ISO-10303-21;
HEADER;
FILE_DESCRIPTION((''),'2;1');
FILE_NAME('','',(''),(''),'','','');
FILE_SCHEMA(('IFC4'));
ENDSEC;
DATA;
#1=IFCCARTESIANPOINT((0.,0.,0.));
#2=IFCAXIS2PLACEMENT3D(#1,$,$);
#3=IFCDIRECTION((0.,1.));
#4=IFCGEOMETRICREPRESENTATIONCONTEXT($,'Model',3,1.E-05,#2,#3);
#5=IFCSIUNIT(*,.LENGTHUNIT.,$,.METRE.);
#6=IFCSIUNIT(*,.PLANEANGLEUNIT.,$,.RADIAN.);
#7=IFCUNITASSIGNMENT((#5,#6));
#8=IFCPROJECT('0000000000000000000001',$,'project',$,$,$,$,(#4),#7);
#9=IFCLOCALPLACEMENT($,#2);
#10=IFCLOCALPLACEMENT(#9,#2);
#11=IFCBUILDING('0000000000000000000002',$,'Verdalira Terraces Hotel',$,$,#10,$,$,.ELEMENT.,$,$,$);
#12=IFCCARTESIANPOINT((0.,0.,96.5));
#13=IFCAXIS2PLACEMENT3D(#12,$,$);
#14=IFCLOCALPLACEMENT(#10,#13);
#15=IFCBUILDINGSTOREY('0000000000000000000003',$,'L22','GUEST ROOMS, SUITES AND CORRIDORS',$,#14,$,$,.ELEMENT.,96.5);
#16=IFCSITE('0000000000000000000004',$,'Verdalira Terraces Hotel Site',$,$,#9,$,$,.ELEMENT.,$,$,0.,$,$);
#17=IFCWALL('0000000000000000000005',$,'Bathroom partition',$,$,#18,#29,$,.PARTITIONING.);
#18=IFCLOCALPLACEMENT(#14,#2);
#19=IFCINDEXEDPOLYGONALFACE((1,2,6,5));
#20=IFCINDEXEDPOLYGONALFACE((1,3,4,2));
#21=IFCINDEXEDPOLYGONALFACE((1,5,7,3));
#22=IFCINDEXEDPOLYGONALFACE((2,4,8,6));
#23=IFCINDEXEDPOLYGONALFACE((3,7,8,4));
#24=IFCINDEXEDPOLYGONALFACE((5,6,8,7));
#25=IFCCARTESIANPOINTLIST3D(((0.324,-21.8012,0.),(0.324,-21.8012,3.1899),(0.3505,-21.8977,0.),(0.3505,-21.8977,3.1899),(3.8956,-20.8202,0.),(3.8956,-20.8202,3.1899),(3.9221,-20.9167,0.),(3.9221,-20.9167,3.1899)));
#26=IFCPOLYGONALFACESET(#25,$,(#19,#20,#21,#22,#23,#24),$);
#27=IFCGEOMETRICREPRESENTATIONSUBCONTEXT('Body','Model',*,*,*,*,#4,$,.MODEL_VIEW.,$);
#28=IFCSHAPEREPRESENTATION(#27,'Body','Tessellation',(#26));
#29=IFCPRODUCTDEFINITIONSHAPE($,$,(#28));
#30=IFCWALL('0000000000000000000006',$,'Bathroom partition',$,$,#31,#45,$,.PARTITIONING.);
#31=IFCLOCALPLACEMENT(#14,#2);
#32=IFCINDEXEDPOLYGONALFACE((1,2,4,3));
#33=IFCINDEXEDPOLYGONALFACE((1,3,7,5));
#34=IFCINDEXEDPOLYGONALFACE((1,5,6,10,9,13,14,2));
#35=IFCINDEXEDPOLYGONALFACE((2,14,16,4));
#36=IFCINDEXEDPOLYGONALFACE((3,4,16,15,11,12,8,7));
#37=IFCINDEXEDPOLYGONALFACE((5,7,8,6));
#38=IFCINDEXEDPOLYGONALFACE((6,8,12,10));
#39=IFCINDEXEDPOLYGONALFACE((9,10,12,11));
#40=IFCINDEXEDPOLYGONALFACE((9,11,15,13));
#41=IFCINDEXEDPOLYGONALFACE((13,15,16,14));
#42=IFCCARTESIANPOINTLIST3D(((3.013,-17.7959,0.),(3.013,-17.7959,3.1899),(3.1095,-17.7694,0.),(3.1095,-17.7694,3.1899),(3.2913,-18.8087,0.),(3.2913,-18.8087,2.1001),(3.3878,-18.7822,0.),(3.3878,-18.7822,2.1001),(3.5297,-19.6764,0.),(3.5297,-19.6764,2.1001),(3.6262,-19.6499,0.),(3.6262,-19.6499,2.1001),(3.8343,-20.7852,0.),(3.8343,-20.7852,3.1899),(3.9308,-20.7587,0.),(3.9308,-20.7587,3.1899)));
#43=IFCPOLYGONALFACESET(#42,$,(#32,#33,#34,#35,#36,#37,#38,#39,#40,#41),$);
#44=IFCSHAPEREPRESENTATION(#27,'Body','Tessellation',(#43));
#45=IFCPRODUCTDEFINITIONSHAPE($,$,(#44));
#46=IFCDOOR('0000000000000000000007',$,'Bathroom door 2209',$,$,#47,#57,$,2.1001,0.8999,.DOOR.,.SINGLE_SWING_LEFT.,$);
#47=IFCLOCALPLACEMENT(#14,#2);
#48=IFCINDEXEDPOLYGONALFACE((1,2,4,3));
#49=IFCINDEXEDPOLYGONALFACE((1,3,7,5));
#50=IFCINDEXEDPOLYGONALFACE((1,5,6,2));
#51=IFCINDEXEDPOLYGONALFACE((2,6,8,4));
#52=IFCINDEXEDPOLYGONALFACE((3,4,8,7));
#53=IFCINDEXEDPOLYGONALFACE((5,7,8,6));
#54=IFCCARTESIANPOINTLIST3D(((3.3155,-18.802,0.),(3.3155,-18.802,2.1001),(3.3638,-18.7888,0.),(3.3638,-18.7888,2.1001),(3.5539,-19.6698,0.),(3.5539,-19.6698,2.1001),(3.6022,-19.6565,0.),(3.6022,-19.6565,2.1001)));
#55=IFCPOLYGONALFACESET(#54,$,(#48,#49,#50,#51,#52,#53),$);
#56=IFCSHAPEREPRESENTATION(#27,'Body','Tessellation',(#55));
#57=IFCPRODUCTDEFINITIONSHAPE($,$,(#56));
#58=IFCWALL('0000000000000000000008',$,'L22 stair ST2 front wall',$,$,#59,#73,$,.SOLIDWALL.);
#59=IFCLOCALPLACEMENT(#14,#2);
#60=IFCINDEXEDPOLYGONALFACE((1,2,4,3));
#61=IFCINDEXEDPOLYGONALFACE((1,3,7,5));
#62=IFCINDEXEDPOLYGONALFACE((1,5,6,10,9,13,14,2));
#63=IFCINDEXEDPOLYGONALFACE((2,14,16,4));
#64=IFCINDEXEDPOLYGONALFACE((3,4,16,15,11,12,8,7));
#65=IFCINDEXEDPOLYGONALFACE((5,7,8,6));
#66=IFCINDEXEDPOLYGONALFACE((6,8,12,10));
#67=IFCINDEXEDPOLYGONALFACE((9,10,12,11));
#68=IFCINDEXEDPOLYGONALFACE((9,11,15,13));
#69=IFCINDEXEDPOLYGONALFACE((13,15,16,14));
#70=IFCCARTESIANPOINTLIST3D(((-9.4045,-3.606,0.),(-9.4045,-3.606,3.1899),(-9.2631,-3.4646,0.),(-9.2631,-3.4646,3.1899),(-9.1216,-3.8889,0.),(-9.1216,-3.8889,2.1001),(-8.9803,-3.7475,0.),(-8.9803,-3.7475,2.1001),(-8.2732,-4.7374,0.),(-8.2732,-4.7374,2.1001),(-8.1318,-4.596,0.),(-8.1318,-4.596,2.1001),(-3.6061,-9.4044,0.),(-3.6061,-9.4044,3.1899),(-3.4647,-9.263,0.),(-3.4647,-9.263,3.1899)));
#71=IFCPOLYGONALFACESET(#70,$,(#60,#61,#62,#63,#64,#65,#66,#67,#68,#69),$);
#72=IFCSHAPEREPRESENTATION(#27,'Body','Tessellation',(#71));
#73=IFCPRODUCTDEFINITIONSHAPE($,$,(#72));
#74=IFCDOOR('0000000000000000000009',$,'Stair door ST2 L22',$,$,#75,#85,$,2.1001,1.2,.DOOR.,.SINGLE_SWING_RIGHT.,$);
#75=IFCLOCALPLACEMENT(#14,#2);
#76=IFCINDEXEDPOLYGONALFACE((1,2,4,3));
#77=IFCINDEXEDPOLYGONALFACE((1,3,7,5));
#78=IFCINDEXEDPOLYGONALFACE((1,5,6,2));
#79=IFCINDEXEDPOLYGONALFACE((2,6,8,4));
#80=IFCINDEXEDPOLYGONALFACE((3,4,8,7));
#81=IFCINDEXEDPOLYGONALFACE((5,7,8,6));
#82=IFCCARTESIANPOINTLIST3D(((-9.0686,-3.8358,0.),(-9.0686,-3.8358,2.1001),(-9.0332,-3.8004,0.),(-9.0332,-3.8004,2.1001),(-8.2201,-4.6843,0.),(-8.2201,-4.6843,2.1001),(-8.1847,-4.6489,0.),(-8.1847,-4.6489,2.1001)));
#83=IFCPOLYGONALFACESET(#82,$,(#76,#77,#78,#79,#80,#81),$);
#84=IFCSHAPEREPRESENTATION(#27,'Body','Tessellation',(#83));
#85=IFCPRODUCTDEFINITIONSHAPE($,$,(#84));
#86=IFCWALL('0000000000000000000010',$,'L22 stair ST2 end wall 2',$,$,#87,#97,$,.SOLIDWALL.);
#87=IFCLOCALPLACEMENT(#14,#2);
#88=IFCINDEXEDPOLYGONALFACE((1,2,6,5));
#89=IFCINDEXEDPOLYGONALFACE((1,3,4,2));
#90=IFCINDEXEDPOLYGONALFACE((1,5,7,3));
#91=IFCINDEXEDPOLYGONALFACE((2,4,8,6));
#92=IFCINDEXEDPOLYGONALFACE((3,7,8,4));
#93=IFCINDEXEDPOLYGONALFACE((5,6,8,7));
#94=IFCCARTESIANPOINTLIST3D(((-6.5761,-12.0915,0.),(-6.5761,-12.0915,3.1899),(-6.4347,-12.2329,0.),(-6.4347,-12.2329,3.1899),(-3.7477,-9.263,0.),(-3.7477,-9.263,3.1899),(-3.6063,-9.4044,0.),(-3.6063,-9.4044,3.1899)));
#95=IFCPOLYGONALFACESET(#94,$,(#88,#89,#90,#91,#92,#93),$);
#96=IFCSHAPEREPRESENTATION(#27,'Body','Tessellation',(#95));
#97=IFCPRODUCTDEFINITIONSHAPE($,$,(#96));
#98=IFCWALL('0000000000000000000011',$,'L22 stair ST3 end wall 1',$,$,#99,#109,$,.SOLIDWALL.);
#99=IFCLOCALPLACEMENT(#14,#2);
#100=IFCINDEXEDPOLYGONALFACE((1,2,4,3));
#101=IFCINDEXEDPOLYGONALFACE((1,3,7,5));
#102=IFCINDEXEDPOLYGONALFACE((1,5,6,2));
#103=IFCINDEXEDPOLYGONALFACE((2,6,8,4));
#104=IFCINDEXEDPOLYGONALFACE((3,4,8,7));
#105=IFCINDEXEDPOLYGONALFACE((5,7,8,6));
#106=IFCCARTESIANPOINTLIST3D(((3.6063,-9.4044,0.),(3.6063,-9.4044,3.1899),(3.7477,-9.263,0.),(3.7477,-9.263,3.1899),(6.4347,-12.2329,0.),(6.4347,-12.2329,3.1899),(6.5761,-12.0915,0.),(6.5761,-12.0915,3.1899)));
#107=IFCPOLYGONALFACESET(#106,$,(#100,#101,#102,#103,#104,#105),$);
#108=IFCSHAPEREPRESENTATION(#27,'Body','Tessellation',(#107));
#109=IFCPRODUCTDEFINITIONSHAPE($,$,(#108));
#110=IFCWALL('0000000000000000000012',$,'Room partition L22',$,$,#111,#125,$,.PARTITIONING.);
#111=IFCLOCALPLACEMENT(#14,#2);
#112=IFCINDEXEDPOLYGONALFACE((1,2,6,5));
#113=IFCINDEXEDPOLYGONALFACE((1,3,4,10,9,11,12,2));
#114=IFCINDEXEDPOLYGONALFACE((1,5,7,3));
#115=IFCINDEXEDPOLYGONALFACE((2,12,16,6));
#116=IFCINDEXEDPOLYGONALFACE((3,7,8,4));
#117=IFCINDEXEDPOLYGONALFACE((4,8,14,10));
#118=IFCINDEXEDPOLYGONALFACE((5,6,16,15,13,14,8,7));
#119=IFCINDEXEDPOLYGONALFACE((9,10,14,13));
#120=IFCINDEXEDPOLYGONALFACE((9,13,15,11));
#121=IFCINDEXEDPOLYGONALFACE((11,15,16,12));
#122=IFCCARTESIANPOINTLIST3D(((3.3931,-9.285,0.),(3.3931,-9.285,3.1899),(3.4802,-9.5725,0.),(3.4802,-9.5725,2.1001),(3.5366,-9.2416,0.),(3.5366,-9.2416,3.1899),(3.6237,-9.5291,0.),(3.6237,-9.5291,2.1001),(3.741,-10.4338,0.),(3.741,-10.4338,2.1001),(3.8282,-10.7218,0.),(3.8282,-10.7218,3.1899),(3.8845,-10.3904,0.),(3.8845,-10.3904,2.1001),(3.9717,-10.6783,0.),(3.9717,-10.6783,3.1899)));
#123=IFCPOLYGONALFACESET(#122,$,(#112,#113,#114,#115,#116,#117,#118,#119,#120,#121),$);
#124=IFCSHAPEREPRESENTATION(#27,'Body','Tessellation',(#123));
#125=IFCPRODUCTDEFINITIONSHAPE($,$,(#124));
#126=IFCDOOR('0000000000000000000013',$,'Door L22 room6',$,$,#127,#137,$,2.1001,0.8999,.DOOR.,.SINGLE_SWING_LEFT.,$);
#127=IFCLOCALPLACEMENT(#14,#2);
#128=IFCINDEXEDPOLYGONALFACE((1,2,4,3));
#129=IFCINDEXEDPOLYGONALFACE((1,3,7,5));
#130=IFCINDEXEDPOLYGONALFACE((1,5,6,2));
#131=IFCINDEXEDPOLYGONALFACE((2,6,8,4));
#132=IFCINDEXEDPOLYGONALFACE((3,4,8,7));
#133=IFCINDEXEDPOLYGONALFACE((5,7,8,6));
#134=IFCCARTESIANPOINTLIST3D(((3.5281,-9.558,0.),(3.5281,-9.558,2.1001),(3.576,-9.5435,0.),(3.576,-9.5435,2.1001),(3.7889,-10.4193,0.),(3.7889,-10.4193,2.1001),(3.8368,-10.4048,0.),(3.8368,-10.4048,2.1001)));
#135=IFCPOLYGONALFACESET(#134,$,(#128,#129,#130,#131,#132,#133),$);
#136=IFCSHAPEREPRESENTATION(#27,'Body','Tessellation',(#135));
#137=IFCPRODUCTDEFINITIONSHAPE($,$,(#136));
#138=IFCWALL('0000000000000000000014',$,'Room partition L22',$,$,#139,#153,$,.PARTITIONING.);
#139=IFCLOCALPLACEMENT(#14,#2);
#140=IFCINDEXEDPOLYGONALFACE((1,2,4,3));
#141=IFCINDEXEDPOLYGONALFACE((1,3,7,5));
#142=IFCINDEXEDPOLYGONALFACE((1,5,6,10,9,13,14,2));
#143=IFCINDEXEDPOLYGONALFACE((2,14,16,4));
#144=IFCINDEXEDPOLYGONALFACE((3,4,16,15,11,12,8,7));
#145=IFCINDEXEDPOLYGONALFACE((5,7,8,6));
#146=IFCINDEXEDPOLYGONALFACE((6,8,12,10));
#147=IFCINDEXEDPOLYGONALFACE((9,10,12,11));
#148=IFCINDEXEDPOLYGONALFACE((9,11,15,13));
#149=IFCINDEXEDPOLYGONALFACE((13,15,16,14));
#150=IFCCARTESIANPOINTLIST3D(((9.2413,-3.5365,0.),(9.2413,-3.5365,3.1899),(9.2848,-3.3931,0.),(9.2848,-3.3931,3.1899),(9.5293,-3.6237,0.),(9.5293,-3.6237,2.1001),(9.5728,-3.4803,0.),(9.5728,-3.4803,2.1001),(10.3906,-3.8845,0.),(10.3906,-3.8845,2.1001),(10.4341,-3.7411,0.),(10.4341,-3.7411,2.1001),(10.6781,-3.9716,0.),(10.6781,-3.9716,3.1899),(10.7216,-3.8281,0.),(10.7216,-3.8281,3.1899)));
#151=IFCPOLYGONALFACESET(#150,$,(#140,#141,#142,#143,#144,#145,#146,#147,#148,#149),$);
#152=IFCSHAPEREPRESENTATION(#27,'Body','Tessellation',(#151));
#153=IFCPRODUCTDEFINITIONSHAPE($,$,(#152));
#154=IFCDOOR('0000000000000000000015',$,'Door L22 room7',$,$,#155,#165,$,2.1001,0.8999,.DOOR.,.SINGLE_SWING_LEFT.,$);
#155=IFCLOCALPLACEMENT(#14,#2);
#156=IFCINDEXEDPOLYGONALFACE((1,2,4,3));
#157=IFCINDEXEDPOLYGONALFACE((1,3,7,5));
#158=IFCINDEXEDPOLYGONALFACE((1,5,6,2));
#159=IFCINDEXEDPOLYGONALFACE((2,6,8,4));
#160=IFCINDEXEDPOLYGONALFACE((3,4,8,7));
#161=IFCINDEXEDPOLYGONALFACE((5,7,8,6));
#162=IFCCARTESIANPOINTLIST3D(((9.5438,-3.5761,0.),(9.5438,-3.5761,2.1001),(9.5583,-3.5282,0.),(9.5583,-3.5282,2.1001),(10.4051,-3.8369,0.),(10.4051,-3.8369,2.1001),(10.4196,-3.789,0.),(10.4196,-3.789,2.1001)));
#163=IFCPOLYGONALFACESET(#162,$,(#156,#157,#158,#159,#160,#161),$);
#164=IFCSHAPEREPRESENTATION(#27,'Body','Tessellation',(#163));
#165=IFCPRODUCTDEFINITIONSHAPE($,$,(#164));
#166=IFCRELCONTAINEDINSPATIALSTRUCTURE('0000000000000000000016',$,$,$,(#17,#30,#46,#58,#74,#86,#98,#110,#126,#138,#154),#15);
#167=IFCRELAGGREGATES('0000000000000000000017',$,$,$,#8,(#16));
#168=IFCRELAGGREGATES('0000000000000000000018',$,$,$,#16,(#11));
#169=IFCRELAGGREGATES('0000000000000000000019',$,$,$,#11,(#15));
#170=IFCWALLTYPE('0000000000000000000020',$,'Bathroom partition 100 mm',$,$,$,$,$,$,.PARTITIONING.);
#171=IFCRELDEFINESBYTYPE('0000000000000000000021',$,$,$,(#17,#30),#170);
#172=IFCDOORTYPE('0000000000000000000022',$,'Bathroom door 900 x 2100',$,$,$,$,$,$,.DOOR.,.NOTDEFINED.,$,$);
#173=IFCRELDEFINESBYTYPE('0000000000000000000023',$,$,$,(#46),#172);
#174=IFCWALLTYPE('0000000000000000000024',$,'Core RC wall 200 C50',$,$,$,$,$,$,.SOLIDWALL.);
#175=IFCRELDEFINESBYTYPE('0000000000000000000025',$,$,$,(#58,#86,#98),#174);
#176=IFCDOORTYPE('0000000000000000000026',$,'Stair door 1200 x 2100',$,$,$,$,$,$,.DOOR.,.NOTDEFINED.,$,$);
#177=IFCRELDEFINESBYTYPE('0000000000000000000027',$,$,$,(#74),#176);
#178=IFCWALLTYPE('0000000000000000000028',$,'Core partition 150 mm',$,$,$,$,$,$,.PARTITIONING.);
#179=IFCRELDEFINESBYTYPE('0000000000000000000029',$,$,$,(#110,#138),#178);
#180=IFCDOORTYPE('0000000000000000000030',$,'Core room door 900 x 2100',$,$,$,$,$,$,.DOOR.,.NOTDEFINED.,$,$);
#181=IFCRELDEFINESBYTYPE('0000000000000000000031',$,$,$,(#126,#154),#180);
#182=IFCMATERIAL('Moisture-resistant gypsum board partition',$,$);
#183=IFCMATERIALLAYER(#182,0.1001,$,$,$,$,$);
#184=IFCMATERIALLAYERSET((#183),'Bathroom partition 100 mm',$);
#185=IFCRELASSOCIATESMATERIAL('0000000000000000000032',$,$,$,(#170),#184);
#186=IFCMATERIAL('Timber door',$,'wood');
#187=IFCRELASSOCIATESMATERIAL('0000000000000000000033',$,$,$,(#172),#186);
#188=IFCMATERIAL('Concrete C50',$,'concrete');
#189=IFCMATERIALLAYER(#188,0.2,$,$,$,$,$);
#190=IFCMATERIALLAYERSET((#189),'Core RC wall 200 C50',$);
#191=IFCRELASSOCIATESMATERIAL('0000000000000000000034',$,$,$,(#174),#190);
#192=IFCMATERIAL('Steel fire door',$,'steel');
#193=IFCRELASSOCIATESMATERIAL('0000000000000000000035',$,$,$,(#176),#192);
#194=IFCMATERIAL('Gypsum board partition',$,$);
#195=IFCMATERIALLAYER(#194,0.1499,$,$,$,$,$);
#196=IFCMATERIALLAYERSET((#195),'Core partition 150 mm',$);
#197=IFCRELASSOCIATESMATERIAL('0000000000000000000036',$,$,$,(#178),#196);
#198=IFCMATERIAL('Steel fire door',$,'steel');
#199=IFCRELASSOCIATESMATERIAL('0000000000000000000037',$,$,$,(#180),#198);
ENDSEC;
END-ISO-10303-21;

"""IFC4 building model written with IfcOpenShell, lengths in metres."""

from ifc_helpers import new_model, si_unit, direction, frame, frame_2d, origin, place, context, subcontext, project, spatial, rectangle, extrude, material, layer, layer_set, type_object, element, fill, save


model = new_model("IFC4")

# Units and contexts
model_context = context("Model", 3, precision=1e-05, world=origin(), true_north=direction((0.0, 1.0)))
body_context = subcontext(model_context, "Body", "Model", "MODEL_VIEW")
ifc_project = project(units=[si_unit("LENGTHUNIT", "METRE"), si_unit("PLANEANGLEUNIT", "RADIAN")], contexts=[model_context])

# Site, building, storey
site_placement = place(None, origin())
site = spatial("IfcSite", under=ifc_project, at=site_placement, Name="Verdalira Terraces Hotel Site", CompositionType="ELEMENT", RefElevation=0.0)
building_placement = place(site_placement, origin())
building = spatial("IfcBuilding", under=site, at=building_placement, Name="Verdalira Terraces Hotel", CompositionType="ELEMENT")
storey_placement = place(building_placement, frame((0.0, 0.0, 96.5)))
storey = spatial("IfcBuildingStorey", under=building, at=storey_placement, Name="L22", Description="GUEST ROOMS, SUITES AND CORRIDORS", CompositionType="ELEMENT", Elevation=96.5)

# Wall
ifc_material_1 = material(Name="Moisture-resistant gypsum board partition")
ifc_layer_1 = layer(ifc_material_1, 0.1001)
ifc_layer_set_1 = layer_set([ifc_layer_1], Name="Bathroom partition 100 mm")
wall_type_1 = type_object("IfcWallType", Name="Bathroom partition 100 mm", PredefinedType="PARTITIONING", material=ifc_layer_set_1)
wall_1_placement = place(storey_placement, frame((3.9089, -20.8684, 0.0), z_axis=(0.0, 0.0, 1.0), x_axis=(-0.964289, -0.264852, 0.0)))
element("IfcWall", 1, at=wall_1_placement, inside=storey, type_object=wall_type_1, Name="Bathroom partition", PredefinedType="PARTITIONING", context=body_context, shape_type="SweptSolid", body=[
    extrude(rectangle(XDim=3.7039, YDim=0.1001, at=frame_2d((1.8521, 0.0))), origin(), (0.0, 0.0, 1.0), 3.1899),
])

# Walls, openings, doors
wall_2_placement = place(storey_placement, frame((3.8826, -20.772, 0.0), z_axis=(0.0, 0.0, 1.0), x_axis=(-0.26493, 0.964268, 0.0)))
wall_2 = element("IfcWall", 2, at=wall_2_placement, inside=storey, type_object=wall_type_1, Name="Bathroom partition", PredefinedType="PARTITIONING", context=body_context, shape_type="SweptSolid", body=[
    extrude(rectangle(XDim=3.1001, YDim=0.1001, at=frame_2d((1.55, 0.0))), origin(), (0.0, 0.0, 1.0), 3.1899),
])
opening_1_placement = place(wall_2_placement, frame((1.1499, 0.0, 0.0)))
opening_1 = element("IfcOpeningElement", 3, at=opening_1_placement, cuts=wall_2, PredefinedType="OPENING", context=body_context, shape_type="SweptSolid", body=[
    extrude(rectangle(XDim=0.8999, YDim=2.1001, at=frame_2d((0.45, 1.05))), frame((0.0, 0.0601, 0.0), z_axis=(0.0, -1.0, 0.0), x_axis=(1.0, 0.0, 0.0)), (0.0, 0.0, 1.0), 0.1201),
])
ifc_material_2 = material(Name="Timber door", Category="wood")
door_type_1 = type_object("IfcDoorType", Name="Bathroom door 900 x 2100", OperationType="NOTDEFINED", PredefinedType="DOOR", material=ifc_material_2)
door_1_placement = place(opening_1_placement, origin())
door_1 = element("IfcDoor", 4, at=door_1_placement, inside=storey, type_object=door_type_1, Name="Bathroom door 2209", OperationType="SINGLE_SWING_LEFT", OverallHeight=2.1001, OverallWidth=0.8999, PredefinedType="DOOR", context=body_context, shape_type="SweptSolid", body=[
    extrude(rectangle(XDim=0.8999, YDim=2.1001, at=frame_2d((0.45, 1.05))), frame((0.0, 0.0249, 0.0), z_axis=(0.0, -1.0, 0.0), x_axis=(1.0, 0.0, 0.0)), (0.0, 0.0, 1.0), 0.05),
])
fill(opening_1, door_1)
ifc_material_3 = material(Name="Concrete C50", Category="concrete")
ifc_layer_2 = layer(ifc_material_3, 0.2)
ifc_layer_set_2 = layer_set([ifc_layer_2], Name="Core RC wall 200 C50")
wall_type_2 = type_object("IfcWallType", Name="Core RC wall 200 C50", PredefinedType="SOLIDWALL", material=ifc_layer_set_2)
wall_3_placement = place(storey_placement, frame((-3.5354, -9.3337, 0.0), z_axis=(0.0, 0.0, 1.0), x_axis=(-0.707107, 0.707107, 0.0)))
wall_3 = element("IfcWall", 5, at=wall_3_placement, inside=storey, type_object=wall_type_2, Name="L22 stair ST2 front wall", PredefinedType="SOLIDWALL", context=body_context, shape_type="SweptSolid", body=[
    extrude(rectangle(XDim=8.2002, YDim=0.2, at=frame_2d((4.1001, 0.0))), origin(), (0.0, 0.0, 1.0), 3.1899),
])
opening_2_placement = place(wall_3_placement, frame((6.6001, 0.0, 0.0)))
opening_2 = element("IfcOpeningElement", 6, at=opening_2_placement, cuts=wall_3, PredefinedType="OPENING", context=body_context, shape_type="SweptSolid", body=[
    extrude(rectangle(XDim=1.2, YDim=2.1001, at=frame_2d((0.6001, 1.05))), frame((0.0, 0.1099, 0.0), z_axis=(0.0, -1.0, 0.0), x_axis=(1.0, 0.0, 0.0)), (0.0, 0.0, 1.0), 0.22),
])
ifc_material_4 = material(Name="Steel fire door", Category="steel")
door_type_2 = type_object("IfcDoorType", Name="Stair door 1200 x 2100", OperationType="NOTDEFINED", PredefinedType="DOOR", material=ifc_material_4)
door_2_placement = place(opening_2_placement, origin())
door_2 = element("IfcDoor", 7, at=door_2_placement, inside=storey, type_object=door_type_2, Name="Stair door ST2 L22", OperationType="SINGLE_SWING_RIGHT", OverallHeight=2.1001, OverallWidth=1.2, PredefinedType="DOOR", context=body_context, shape_type="SweptSolid", body=[
    extrude(rectangle(XDim=1.2, YDim=2.1001, at=frame_2d((0.6001, 1.05))), frame((0.0, 0.0249, 0.0), z_axis=(0.0, -1.0, 0.0), x_axis=(1.0, 0.0, 0.0)), (0.0, 0.0, 1.0), 0.05),
])
fill(opening_2, door_2)

# Walls
for number, where, z_axis, x_axis, name in (
    (8, (-3.677, -9.3337, 0.0), (0.0, 0.0, 1.0), (-0.707107, -0.707107, 0.0), "L22 stair ST2 end wall 2"),
    (9, (3.677, -9.3337, 0.0), (0.0, 0.0, 1.0), (0.707107, -0.707107, 0.0), "L22 stair ST3 end wall 1"),
):
    element("IfcWall", number, at=place(storey_placement, frame(where, z_axis=z_axis, x_axis=x_axis)), inside=storey, type_object=wall_type_2, Name=name, PredefinedType="SOLIDWALL", context=body_context, shape_type="SweptSolid", body=[
        extrude(rectangle(XDim=4.0, YDim=0.2, at=frame_2d((2.0, 0.0))), origin(), (0.0, 0.0, 1.0), 3.1899),
    ])

# Walls, openings, doors
ifc_material_5 = material(Name="Gypsum board partition")
ifc_layer_3 = layer(ifc_material_5, 0.1499)
ifc_layer_set_3 = layer_set([ifc_layer_3], Name="Core partition 150 mm")
wall_type_3 = type_object("IfcWallType", Name="Core partition 150 mm", PredefinedType="PARTITIONING", material=ifc_layer_set_3)
wall_4_placement = place(storey_placement, frame((3.8999, -10.7, 0.0), z_axis=(0.0, 0.0, 1.0), x_axis=(-0.289809, 0.957085, 0.0)))
wall_4 = element("IfcWall", 10, at=wall_4_placement, inside=storey, type_object=wall_type_3, Name="Room partition L22", PredefinedType="PARTITIONING", context=body_context, shape_type="SweptSolid", body=[
    extrude(rectangle(XDim=1.5012, YDim=0.1499, at=frame_2d((0.7505, 0.0))), origin(), (0.0, 0.0, 1.0), 3.1899),
])
opening_3_placement = place(wall_4_placement, frame((0.3008, 0.0, 0.0)))
opening_3 = element("IfcOpeningElement", 11, at=opening_3_placement, cuts=wall_4, PredefinedType="OPENING", context=body_context, shape_type="SweptSolid", body=[
    extrude(rectangle(XDim=0.8999, YDim=2.1001, at=frame_2d((0.45, 1.05))), frame((0.0, 0.085, 0.0), z_axis=(0.0, -1.0, 0.0), x_axis=(1.0, 0.0, 0.0)), (0.0, 0.0, 1.0), 0.1699),
])
ifc_material_6 = material(Name="Steel fire door", Category="steel")
door_type_3 = type_object("IfcDoorType", Name="Core room door 900 x 2100", OperationType="NOTDEFINED", PredefinedType="DOOR", material=ifc_material_6)
door_3_placement = place(opening_3_placement, origin())
door_3 = element("IfcDoor", 12, at=door_3_placement, inside=storey, type_object=door_type_3, Name="Door L22 room6", OperationType="SINGLE_SWING_LEFT", OverallHeight=2.1001, OverallWidth=0.8999, PredefinedType="DOOR", context=body_context, shape_type="SweptSolid", body=[
    extrude(rectangle(XDim=0.8999, YDim=2.1001, at=frame_2d((0.45, 1.05))), frame((0.0, 0.0249, 0.0), z_axis=(0.0, -1.0, 0.0), x_axis=(1.0, 0.0, 0.0)), (0.0, 0.0, 1.0), 0.05),
])
fill(opening_3, door_3)
wall_5_placement = place(storey_placement, frame((9.2632, -3.4648, 0.0), z_axis=(0.0, 0.0, 1.0), x_axis=(0.957085, -0.289809, 0.0)))
wall_5 = element("IfcWall", 13, at=wall_5_placement, inside=storey, type_object=wall_type_3, Name="Room partition L22", PredefinedType="PARTITIONING", context=body_context, shape_type="SweptSolid", body=[
    extrude(rectangle(XDim=1.5012, YDim=0.1499, at=frame_2d((0.7505, 0.0))), origin(), (0.0, 0.0, 1.0), 3.1899),
])
opening_4_placement = place(wall_5_placement, frame((0.3008, 0.0, 0.0)))
opening_4 = element("IfcOpeningElement", 14, at=opening_4_placement, cuts=wall_5, PredefinedType="OPENING", context=body_context, shape_type="SweptSolid", body=[
    extrude(rectangle(XDim=0.8999, YDim=2.1001, at=frame_2d((0.45, 1.05))), frame((0.0, 0.085, 0.0), z_axis=(0.0, -1.0, 0.0), x_axis=(1.0, 0.0, 0.0)), (0.0, 0.0, 1.0), 0.1699),
])
door_4_placement = place(opening_4_placement, origin())
door_4 = element("IfcDoor", 15, at=door_4_placement, inside=storey, type_object=door_type_3, Name="Door L22 room7", OperationType="SINGLE_SWING_LEFT", OverallHeight=2.1001, OverallWidth=0.8999, PredefinedType="DOOR", context=body_context, shape_type="SweptSolid", body=[
    extrude(rectangle(XDim=0.8999, YDim=2.1001, at=frame_2d((0.45, 1.05))), frame((0.0, 0.0249, 0.0), z_axis=(0.0, -1.0, 0.0), x_axis=(1.0, 0.0, 0.0)), (0.0, 0.0, 1.0), 0.05),
])
fill(opening_4, door_4)

save(model, "model.ifc")
